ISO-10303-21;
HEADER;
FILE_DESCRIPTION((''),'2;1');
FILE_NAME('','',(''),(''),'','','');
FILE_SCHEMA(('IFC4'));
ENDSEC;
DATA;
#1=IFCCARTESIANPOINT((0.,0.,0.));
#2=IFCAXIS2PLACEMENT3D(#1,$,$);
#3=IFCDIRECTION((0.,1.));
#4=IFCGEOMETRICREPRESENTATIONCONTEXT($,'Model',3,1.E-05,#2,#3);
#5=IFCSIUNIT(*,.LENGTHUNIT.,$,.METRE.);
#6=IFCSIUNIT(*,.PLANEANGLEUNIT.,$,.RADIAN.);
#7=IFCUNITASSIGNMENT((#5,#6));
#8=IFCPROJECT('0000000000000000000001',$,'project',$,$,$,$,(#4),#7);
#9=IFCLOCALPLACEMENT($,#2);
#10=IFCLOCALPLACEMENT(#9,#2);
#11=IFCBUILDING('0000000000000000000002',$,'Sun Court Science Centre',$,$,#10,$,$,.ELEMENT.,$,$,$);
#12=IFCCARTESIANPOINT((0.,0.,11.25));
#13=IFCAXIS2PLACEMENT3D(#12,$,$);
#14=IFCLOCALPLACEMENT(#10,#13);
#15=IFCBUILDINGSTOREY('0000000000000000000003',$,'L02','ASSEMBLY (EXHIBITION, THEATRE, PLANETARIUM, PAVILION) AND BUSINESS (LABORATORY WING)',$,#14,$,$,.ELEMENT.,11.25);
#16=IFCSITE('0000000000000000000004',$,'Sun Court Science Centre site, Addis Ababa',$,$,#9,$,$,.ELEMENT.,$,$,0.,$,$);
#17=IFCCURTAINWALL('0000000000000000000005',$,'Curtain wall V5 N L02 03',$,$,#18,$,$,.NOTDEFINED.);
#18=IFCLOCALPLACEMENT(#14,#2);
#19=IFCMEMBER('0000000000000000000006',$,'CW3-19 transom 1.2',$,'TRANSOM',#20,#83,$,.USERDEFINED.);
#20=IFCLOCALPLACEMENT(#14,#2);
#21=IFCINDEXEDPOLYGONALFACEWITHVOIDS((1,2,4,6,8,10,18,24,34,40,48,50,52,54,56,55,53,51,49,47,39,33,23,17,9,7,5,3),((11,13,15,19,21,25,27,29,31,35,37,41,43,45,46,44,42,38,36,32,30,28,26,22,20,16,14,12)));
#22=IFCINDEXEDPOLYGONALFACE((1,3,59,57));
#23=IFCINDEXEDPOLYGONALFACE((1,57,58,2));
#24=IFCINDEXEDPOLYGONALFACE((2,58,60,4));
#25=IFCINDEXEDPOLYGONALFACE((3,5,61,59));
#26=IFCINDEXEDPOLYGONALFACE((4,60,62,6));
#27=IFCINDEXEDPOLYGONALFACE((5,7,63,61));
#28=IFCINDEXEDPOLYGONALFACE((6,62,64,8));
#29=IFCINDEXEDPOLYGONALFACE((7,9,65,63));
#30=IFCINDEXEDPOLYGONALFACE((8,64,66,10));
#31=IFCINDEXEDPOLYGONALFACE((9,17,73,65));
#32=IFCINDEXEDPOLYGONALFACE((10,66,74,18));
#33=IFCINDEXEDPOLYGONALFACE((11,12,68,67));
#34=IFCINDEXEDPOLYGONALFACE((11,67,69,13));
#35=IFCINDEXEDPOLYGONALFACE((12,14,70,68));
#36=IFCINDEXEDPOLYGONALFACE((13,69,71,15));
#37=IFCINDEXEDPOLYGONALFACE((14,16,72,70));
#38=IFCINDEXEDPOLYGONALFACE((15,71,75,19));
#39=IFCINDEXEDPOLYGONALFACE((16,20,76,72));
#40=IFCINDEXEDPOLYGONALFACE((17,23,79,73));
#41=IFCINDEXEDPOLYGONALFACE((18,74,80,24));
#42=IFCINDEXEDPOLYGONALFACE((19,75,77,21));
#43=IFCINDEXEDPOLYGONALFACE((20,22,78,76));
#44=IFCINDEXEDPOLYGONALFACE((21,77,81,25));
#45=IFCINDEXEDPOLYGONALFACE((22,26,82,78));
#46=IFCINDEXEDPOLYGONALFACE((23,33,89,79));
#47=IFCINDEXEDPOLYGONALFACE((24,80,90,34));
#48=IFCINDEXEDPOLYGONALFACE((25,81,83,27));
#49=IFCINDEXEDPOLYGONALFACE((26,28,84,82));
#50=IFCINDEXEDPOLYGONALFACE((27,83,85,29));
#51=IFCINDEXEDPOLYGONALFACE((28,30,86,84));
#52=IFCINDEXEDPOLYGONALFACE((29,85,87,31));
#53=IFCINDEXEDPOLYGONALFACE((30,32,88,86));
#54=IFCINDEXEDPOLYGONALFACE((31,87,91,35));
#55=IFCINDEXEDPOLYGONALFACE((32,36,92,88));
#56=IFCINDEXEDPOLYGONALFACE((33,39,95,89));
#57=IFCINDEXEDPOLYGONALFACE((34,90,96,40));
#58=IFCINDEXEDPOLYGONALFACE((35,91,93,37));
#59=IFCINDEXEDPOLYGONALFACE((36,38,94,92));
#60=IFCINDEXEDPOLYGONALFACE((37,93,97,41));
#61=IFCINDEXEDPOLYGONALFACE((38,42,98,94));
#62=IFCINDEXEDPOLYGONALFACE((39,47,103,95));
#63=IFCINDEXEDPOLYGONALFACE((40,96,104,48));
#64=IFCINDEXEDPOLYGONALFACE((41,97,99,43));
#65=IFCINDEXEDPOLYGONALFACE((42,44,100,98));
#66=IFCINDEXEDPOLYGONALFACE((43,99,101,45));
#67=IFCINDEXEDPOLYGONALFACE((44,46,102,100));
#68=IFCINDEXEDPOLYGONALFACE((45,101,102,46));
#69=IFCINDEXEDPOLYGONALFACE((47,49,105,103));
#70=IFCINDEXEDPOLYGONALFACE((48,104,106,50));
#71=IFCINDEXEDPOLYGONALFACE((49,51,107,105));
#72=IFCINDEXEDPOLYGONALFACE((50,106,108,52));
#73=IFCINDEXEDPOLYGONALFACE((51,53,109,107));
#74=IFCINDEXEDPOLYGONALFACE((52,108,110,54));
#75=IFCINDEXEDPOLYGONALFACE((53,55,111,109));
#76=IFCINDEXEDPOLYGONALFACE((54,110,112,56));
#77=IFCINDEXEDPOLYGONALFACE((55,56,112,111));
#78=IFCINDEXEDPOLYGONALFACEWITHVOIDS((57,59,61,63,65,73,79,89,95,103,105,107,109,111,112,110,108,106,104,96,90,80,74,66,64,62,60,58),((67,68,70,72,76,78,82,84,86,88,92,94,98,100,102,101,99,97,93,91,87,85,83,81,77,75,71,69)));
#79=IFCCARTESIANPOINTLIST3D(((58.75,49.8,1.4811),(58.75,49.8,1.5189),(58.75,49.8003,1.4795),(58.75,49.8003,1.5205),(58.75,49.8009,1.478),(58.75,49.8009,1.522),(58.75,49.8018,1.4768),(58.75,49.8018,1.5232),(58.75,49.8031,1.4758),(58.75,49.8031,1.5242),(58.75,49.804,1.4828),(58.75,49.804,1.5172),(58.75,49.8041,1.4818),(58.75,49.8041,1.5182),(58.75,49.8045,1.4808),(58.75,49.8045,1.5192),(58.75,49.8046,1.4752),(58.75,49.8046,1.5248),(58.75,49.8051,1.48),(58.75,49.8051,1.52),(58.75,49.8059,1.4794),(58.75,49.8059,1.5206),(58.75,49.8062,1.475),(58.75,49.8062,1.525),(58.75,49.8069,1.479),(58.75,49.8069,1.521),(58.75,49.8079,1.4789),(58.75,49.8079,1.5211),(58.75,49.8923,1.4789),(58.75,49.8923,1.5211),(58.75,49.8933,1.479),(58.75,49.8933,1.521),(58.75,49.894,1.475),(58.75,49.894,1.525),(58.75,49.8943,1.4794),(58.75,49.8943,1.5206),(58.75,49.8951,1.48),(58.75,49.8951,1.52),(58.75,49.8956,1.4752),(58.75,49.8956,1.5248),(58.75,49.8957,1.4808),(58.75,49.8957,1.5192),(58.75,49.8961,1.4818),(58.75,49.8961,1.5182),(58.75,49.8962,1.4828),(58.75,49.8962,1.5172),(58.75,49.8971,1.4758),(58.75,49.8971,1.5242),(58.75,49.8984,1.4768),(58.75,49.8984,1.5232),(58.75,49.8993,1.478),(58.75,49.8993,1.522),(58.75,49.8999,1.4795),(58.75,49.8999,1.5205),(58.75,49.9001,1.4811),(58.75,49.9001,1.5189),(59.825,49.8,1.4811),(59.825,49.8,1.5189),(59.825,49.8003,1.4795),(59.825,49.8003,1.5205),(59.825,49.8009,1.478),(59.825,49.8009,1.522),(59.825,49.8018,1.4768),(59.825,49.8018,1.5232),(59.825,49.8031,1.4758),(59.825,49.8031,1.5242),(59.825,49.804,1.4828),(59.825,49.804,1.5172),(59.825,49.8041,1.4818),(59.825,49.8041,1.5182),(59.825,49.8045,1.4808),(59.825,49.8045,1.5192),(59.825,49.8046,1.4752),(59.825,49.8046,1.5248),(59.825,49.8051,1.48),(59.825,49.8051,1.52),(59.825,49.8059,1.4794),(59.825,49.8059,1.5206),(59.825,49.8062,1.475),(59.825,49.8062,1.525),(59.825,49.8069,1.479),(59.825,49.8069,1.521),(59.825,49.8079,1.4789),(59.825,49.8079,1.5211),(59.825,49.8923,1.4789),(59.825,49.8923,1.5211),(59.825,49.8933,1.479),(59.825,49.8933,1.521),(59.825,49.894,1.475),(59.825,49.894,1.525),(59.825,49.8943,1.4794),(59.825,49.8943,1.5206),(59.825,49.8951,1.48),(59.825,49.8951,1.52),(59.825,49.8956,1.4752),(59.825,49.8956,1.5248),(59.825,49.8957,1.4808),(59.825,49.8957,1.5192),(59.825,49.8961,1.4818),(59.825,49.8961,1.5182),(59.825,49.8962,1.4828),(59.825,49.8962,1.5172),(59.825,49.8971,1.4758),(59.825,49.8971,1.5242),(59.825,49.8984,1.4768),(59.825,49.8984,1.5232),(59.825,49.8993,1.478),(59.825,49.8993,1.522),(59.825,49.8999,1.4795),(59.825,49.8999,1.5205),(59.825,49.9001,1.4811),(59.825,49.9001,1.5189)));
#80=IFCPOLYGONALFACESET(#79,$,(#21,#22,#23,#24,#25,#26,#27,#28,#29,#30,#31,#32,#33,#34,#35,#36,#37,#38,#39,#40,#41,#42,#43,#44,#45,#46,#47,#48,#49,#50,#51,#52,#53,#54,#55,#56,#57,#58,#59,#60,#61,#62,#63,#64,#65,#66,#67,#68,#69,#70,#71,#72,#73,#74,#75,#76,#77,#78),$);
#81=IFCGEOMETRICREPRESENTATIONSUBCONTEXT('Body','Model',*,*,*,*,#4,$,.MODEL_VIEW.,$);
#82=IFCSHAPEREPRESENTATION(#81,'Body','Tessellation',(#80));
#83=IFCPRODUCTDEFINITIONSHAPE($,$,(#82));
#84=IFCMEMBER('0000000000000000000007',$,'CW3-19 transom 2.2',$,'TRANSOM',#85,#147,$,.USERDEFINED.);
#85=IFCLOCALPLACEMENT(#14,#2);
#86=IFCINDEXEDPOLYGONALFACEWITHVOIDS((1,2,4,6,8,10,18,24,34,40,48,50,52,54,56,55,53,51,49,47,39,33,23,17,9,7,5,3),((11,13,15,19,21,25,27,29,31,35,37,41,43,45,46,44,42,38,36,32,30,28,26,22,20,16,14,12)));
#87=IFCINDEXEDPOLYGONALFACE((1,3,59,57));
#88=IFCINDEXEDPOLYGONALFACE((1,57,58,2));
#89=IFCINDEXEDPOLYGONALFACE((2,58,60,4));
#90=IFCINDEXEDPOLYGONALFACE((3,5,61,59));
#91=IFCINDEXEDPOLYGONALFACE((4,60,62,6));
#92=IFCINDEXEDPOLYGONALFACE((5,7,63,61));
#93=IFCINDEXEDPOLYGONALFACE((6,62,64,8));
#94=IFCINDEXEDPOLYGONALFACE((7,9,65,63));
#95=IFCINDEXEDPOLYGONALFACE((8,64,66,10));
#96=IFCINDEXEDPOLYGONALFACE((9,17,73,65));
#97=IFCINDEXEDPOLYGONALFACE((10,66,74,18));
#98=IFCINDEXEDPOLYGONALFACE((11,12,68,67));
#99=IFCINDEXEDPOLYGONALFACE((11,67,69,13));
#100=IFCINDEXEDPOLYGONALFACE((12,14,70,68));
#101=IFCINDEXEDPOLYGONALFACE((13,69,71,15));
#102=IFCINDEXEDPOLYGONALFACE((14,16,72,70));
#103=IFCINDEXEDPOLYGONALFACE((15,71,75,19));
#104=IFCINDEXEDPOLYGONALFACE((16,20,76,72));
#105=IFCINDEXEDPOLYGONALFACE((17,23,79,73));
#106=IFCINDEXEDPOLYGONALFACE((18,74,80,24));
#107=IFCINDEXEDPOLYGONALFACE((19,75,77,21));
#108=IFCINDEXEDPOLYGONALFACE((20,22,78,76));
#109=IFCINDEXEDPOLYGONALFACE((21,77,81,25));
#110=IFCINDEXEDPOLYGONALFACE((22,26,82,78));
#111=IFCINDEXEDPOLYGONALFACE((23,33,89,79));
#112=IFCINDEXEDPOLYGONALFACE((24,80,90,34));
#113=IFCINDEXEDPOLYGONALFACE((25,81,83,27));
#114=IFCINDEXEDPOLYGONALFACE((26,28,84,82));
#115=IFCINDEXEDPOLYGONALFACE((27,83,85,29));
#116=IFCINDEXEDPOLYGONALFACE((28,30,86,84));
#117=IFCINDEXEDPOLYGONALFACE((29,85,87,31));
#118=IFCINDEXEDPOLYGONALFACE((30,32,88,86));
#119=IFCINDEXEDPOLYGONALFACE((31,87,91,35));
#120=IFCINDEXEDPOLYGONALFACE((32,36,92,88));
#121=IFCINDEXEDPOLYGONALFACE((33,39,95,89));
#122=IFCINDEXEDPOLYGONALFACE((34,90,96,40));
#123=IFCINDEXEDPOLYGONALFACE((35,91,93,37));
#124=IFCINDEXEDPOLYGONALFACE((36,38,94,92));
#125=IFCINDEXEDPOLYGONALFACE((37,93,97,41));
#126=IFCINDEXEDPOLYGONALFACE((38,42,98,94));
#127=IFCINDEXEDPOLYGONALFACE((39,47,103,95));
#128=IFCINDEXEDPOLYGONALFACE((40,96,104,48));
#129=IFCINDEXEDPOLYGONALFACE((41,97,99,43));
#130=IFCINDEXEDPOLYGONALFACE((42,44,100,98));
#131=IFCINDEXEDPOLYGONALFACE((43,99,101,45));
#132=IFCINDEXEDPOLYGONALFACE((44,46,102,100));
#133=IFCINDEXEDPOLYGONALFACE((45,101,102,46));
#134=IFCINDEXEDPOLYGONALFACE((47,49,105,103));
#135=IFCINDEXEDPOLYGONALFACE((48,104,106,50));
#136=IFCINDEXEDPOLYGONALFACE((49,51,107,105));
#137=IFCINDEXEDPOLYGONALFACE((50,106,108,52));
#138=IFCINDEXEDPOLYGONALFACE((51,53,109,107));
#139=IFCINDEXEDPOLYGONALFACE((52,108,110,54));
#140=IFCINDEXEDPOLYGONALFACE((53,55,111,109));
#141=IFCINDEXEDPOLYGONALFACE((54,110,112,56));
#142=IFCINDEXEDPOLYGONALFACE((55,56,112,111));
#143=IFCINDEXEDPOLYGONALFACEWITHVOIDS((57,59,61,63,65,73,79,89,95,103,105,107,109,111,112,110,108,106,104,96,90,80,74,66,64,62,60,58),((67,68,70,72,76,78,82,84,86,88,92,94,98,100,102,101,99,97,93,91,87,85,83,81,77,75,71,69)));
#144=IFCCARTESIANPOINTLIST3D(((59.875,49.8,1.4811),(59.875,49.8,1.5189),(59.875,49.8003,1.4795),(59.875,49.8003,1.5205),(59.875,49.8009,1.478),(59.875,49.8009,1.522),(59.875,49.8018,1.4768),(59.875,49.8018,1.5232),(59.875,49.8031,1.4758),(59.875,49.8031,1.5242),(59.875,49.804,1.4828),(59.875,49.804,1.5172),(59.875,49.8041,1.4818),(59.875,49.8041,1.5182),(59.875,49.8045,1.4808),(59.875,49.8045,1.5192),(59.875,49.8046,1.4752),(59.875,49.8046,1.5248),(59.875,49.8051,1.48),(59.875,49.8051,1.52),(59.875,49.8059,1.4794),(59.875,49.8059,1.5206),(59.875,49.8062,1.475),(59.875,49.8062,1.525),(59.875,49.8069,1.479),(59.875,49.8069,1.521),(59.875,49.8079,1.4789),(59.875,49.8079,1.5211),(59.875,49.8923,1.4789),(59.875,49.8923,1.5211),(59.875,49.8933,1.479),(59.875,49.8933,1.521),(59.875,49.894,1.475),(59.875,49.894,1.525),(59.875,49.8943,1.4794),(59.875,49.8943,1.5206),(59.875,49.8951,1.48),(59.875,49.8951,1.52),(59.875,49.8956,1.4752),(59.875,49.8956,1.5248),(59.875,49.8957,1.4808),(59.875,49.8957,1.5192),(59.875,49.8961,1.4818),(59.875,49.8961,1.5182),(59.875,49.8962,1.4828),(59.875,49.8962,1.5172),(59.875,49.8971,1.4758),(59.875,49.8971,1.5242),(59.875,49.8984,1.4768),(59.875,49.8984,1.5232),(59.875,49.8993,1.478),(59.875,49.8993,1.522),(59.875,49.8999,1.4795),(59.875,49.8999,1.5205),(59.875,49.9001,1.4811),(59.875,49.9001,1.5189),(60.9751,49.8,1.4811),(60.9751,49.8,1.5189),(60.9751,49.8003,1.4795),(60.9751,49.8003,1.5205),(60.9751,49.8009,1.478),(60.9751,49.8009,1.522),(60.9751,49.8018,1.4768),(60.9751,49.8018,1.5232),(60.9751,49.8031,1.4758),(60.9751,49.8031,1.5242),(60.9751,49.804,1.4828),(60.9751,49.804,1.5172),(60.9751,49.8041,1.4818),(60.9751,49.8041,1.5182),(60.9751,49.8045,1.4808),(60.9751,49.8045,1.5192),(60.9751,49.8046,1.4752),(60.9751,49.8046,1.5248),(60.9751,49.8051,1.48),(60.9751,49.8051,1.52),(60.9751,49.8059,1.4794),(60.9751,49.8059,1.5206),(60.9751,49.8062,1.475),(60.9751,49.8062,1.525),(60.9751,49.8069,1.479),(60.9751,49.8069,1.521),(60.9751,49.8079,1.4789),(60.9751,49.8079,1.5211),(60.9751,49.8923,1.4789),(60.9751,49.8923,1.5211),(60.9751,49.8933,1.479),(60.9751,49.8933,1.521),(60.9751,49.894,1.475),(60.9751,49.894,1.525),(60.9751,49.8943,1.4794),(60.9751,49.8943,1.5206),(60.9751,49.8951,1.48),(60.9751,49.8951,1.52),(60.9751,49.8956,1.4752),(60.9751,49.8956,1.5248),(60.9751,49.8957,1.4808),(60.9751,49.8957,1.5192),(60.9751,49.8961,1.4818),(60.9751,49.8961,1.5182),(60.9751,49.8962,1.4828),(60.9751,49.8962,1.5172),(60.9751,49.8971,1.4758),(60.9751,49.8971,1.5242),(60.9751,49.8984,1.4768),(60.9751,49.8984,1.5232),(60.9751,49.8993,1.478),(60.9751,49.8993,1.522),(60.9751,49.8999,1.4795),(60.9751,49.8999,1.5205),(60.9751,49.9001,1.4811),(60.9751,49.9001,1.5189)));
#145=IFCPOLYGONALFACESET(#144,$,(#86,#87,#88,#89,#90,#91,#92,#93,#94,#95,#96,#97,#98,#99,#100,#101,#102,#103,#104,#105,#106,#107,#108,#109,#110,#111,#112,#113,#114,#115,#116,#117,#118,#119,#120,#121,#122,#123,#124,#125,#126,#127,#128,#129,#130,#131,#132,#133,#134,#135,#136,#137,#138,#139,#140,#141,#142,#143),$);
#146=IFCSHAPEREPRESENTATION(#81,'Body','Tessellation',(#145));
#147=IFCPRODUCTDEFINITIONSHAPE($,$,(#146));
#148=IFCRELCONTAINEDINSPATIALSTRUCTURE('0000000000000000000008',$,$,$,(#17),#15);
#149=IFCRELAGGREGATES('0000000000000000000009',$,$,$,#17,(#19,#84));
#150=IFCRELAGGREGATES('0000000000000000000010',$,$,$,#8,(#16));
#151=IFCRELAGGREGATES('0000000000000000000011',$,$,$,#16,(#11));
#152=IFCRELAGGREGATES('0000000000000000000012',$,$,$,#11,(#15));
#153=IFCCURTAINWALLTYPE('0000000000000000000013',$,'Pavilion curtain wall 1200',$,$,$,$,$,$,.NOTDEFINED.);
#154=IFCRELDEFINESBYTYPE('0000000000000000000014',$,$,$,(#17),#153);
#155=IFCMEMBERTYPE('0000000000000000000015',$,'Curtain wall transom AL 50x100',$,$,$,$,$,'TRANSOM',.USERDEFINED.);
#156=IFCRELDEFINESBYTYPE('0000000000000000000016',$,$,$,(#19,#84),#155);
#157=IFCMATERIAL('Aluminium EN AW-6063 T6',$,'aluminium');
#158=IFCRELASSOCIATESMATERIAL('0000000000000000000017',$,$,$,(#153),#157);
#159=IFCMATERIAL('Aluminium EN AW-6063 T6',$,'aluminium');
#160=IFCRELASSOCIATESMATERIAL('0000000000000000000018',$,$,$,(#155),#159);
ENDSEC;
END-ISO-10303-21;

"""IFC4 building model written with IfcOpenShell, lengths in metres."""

from ifc_helpers import new_model, si_unit, direction, frame, origin, origin_2d, place, context, subcontext, project, spatial, hollow_rectangle, extrude, material, material_profile, profile_set, type_object, element, aggregate, save


model = new_model("IFC4")

# Units and contexts
model_context = context("Model", 3, precision=1e-05, world=origin(), true_north=direction((0.0, 1.0)))
body_context = subcontext(model_context, "Body", "Model", "MODEL_VIEW")
ifc_project = project(units=[si_unit("LENGTHUNIT", "METRE"), si_unit("PLANEANGLEUNIT", "RADIAN")], contexts=[model_context])

# Site, building, storey
site_placement = place(None, origin())
site = spatial("IfcSite", under=ifc_project, at=site_placement, Name="Sun Court Science Centre site, Addis Ababa", CompositionType="ELEMENT", RefElevation=0.0)
building_placement = place(site_placement, origin())
building = spatial("IfcBuilding", under=site, at=building_placement, Name="Sun Court Science Centre", CompositionType="ELEMENT")
storey_placement = place(building_placement, frame((0.0, 0.0, 11.25)))
storey = spatial("IfcBuildingStorey", under=building, at=storey_placement, Name="L02", Description="ASSEMBLY (EXHIBITION, THEATRE, PLANETARIUM, PAVILION) AND BUSINESS (LABORATORY WING)", CompositionType="ELEMENT", Elevation=11.25)

# Curtain wall, members
ifc_material_1 = material(Name="Aluminium EN AW-6063 T6", Category="aluminium")
curtain_wall_type = type_object("IfcCurtainWallType", Name="Pavilion curtain wall 1200", PredefinedType="NOTDEFINED", material=ifc_material_1)
curtain_wall_placement = place(storey_placement, origin())
curtain_wall = element("IfcCurtainWall", 1, at=curtain_wall_placement, inside=storey, type_object=curtain_wall_type, Name="Curtain wall V5 N L02 03", PredefinedType="NOTDEFINED")
ifc_material_2 = material(Name="Aluminium EN AW-6063 T6", Category="aluminium")
ifc_material_profile_1 = material_profile(ifc_material_2, hollow_rectangle(XDim=0.05, YDim=0.1001, WallThickness=0.0039, InnerFilletRadius=0.0039, OuterFilletRadius=0.0061, at=origin_2d()), Name="AL 50x100x4")
ifc_profile_set_1 = profile_set([ifc_material_profile_1], Name="Aluminium EN AW-6063 T6")
member_type_1 = type_object("IfcMemberType", Name="Curtain wall transom AL 50x100", ElementType="TRANSOM", PredefinedType="USERDEFINED", material=ifc_profile_set_1)
member_1_placement = place(storey_placement, frame((58.75, 49.8501, 1.5), z_axis=(1.0, 0.0, 0.0), x_axis=(0.0, 0.0, 1.0)))
member_1 = element("IfcMember", 2, at=member_1_placement, type_object=member_type_1, Name="CW3-19 transom 1.2", ObjectType="TRANSOM", PredefinedType="USERDEFINED", context=body_context, shape_type="SweptSolid", body=[
    extrude(hollow_rectangle(XDim=0.05, YDim=0.1001, WallThickness=0.0039, InnerFilletRadius=0.0039, OuterFilletRadius=0.0061, at=origin_2d()), origin(), (0.0, 0.0, 1.0), 1.075),
])
member_2_placement = place(storey_placement, frame((59.875, 49.8501, 1.5), z_axis=(1.0, 0.0, 0.0), x_axis=(0.0, 0.0, 1.0)))
member_2 = element("IfcMember", 3, at=member_2_placement, type_object=member_type_1, Name="CW3-19 transom 2.2", ObjectType="TRANSOM", PredefinedType="USERDEFINED", context=body_context, shape_type="SweptSolid", body=[
    extrude(hollow_rectangle(XDim=0.05, YDim=0.1001, WallThickness=0.0039, InnerFilletRadius=0.0039, OuterFilletRadius=0.0061, at=origin_2d()), origin(), (0.0, 0.0, 1.0), 1.1001),
])
aggregate(curtain_wall, [member_1, member_2])

save(model, "model.ifc")
